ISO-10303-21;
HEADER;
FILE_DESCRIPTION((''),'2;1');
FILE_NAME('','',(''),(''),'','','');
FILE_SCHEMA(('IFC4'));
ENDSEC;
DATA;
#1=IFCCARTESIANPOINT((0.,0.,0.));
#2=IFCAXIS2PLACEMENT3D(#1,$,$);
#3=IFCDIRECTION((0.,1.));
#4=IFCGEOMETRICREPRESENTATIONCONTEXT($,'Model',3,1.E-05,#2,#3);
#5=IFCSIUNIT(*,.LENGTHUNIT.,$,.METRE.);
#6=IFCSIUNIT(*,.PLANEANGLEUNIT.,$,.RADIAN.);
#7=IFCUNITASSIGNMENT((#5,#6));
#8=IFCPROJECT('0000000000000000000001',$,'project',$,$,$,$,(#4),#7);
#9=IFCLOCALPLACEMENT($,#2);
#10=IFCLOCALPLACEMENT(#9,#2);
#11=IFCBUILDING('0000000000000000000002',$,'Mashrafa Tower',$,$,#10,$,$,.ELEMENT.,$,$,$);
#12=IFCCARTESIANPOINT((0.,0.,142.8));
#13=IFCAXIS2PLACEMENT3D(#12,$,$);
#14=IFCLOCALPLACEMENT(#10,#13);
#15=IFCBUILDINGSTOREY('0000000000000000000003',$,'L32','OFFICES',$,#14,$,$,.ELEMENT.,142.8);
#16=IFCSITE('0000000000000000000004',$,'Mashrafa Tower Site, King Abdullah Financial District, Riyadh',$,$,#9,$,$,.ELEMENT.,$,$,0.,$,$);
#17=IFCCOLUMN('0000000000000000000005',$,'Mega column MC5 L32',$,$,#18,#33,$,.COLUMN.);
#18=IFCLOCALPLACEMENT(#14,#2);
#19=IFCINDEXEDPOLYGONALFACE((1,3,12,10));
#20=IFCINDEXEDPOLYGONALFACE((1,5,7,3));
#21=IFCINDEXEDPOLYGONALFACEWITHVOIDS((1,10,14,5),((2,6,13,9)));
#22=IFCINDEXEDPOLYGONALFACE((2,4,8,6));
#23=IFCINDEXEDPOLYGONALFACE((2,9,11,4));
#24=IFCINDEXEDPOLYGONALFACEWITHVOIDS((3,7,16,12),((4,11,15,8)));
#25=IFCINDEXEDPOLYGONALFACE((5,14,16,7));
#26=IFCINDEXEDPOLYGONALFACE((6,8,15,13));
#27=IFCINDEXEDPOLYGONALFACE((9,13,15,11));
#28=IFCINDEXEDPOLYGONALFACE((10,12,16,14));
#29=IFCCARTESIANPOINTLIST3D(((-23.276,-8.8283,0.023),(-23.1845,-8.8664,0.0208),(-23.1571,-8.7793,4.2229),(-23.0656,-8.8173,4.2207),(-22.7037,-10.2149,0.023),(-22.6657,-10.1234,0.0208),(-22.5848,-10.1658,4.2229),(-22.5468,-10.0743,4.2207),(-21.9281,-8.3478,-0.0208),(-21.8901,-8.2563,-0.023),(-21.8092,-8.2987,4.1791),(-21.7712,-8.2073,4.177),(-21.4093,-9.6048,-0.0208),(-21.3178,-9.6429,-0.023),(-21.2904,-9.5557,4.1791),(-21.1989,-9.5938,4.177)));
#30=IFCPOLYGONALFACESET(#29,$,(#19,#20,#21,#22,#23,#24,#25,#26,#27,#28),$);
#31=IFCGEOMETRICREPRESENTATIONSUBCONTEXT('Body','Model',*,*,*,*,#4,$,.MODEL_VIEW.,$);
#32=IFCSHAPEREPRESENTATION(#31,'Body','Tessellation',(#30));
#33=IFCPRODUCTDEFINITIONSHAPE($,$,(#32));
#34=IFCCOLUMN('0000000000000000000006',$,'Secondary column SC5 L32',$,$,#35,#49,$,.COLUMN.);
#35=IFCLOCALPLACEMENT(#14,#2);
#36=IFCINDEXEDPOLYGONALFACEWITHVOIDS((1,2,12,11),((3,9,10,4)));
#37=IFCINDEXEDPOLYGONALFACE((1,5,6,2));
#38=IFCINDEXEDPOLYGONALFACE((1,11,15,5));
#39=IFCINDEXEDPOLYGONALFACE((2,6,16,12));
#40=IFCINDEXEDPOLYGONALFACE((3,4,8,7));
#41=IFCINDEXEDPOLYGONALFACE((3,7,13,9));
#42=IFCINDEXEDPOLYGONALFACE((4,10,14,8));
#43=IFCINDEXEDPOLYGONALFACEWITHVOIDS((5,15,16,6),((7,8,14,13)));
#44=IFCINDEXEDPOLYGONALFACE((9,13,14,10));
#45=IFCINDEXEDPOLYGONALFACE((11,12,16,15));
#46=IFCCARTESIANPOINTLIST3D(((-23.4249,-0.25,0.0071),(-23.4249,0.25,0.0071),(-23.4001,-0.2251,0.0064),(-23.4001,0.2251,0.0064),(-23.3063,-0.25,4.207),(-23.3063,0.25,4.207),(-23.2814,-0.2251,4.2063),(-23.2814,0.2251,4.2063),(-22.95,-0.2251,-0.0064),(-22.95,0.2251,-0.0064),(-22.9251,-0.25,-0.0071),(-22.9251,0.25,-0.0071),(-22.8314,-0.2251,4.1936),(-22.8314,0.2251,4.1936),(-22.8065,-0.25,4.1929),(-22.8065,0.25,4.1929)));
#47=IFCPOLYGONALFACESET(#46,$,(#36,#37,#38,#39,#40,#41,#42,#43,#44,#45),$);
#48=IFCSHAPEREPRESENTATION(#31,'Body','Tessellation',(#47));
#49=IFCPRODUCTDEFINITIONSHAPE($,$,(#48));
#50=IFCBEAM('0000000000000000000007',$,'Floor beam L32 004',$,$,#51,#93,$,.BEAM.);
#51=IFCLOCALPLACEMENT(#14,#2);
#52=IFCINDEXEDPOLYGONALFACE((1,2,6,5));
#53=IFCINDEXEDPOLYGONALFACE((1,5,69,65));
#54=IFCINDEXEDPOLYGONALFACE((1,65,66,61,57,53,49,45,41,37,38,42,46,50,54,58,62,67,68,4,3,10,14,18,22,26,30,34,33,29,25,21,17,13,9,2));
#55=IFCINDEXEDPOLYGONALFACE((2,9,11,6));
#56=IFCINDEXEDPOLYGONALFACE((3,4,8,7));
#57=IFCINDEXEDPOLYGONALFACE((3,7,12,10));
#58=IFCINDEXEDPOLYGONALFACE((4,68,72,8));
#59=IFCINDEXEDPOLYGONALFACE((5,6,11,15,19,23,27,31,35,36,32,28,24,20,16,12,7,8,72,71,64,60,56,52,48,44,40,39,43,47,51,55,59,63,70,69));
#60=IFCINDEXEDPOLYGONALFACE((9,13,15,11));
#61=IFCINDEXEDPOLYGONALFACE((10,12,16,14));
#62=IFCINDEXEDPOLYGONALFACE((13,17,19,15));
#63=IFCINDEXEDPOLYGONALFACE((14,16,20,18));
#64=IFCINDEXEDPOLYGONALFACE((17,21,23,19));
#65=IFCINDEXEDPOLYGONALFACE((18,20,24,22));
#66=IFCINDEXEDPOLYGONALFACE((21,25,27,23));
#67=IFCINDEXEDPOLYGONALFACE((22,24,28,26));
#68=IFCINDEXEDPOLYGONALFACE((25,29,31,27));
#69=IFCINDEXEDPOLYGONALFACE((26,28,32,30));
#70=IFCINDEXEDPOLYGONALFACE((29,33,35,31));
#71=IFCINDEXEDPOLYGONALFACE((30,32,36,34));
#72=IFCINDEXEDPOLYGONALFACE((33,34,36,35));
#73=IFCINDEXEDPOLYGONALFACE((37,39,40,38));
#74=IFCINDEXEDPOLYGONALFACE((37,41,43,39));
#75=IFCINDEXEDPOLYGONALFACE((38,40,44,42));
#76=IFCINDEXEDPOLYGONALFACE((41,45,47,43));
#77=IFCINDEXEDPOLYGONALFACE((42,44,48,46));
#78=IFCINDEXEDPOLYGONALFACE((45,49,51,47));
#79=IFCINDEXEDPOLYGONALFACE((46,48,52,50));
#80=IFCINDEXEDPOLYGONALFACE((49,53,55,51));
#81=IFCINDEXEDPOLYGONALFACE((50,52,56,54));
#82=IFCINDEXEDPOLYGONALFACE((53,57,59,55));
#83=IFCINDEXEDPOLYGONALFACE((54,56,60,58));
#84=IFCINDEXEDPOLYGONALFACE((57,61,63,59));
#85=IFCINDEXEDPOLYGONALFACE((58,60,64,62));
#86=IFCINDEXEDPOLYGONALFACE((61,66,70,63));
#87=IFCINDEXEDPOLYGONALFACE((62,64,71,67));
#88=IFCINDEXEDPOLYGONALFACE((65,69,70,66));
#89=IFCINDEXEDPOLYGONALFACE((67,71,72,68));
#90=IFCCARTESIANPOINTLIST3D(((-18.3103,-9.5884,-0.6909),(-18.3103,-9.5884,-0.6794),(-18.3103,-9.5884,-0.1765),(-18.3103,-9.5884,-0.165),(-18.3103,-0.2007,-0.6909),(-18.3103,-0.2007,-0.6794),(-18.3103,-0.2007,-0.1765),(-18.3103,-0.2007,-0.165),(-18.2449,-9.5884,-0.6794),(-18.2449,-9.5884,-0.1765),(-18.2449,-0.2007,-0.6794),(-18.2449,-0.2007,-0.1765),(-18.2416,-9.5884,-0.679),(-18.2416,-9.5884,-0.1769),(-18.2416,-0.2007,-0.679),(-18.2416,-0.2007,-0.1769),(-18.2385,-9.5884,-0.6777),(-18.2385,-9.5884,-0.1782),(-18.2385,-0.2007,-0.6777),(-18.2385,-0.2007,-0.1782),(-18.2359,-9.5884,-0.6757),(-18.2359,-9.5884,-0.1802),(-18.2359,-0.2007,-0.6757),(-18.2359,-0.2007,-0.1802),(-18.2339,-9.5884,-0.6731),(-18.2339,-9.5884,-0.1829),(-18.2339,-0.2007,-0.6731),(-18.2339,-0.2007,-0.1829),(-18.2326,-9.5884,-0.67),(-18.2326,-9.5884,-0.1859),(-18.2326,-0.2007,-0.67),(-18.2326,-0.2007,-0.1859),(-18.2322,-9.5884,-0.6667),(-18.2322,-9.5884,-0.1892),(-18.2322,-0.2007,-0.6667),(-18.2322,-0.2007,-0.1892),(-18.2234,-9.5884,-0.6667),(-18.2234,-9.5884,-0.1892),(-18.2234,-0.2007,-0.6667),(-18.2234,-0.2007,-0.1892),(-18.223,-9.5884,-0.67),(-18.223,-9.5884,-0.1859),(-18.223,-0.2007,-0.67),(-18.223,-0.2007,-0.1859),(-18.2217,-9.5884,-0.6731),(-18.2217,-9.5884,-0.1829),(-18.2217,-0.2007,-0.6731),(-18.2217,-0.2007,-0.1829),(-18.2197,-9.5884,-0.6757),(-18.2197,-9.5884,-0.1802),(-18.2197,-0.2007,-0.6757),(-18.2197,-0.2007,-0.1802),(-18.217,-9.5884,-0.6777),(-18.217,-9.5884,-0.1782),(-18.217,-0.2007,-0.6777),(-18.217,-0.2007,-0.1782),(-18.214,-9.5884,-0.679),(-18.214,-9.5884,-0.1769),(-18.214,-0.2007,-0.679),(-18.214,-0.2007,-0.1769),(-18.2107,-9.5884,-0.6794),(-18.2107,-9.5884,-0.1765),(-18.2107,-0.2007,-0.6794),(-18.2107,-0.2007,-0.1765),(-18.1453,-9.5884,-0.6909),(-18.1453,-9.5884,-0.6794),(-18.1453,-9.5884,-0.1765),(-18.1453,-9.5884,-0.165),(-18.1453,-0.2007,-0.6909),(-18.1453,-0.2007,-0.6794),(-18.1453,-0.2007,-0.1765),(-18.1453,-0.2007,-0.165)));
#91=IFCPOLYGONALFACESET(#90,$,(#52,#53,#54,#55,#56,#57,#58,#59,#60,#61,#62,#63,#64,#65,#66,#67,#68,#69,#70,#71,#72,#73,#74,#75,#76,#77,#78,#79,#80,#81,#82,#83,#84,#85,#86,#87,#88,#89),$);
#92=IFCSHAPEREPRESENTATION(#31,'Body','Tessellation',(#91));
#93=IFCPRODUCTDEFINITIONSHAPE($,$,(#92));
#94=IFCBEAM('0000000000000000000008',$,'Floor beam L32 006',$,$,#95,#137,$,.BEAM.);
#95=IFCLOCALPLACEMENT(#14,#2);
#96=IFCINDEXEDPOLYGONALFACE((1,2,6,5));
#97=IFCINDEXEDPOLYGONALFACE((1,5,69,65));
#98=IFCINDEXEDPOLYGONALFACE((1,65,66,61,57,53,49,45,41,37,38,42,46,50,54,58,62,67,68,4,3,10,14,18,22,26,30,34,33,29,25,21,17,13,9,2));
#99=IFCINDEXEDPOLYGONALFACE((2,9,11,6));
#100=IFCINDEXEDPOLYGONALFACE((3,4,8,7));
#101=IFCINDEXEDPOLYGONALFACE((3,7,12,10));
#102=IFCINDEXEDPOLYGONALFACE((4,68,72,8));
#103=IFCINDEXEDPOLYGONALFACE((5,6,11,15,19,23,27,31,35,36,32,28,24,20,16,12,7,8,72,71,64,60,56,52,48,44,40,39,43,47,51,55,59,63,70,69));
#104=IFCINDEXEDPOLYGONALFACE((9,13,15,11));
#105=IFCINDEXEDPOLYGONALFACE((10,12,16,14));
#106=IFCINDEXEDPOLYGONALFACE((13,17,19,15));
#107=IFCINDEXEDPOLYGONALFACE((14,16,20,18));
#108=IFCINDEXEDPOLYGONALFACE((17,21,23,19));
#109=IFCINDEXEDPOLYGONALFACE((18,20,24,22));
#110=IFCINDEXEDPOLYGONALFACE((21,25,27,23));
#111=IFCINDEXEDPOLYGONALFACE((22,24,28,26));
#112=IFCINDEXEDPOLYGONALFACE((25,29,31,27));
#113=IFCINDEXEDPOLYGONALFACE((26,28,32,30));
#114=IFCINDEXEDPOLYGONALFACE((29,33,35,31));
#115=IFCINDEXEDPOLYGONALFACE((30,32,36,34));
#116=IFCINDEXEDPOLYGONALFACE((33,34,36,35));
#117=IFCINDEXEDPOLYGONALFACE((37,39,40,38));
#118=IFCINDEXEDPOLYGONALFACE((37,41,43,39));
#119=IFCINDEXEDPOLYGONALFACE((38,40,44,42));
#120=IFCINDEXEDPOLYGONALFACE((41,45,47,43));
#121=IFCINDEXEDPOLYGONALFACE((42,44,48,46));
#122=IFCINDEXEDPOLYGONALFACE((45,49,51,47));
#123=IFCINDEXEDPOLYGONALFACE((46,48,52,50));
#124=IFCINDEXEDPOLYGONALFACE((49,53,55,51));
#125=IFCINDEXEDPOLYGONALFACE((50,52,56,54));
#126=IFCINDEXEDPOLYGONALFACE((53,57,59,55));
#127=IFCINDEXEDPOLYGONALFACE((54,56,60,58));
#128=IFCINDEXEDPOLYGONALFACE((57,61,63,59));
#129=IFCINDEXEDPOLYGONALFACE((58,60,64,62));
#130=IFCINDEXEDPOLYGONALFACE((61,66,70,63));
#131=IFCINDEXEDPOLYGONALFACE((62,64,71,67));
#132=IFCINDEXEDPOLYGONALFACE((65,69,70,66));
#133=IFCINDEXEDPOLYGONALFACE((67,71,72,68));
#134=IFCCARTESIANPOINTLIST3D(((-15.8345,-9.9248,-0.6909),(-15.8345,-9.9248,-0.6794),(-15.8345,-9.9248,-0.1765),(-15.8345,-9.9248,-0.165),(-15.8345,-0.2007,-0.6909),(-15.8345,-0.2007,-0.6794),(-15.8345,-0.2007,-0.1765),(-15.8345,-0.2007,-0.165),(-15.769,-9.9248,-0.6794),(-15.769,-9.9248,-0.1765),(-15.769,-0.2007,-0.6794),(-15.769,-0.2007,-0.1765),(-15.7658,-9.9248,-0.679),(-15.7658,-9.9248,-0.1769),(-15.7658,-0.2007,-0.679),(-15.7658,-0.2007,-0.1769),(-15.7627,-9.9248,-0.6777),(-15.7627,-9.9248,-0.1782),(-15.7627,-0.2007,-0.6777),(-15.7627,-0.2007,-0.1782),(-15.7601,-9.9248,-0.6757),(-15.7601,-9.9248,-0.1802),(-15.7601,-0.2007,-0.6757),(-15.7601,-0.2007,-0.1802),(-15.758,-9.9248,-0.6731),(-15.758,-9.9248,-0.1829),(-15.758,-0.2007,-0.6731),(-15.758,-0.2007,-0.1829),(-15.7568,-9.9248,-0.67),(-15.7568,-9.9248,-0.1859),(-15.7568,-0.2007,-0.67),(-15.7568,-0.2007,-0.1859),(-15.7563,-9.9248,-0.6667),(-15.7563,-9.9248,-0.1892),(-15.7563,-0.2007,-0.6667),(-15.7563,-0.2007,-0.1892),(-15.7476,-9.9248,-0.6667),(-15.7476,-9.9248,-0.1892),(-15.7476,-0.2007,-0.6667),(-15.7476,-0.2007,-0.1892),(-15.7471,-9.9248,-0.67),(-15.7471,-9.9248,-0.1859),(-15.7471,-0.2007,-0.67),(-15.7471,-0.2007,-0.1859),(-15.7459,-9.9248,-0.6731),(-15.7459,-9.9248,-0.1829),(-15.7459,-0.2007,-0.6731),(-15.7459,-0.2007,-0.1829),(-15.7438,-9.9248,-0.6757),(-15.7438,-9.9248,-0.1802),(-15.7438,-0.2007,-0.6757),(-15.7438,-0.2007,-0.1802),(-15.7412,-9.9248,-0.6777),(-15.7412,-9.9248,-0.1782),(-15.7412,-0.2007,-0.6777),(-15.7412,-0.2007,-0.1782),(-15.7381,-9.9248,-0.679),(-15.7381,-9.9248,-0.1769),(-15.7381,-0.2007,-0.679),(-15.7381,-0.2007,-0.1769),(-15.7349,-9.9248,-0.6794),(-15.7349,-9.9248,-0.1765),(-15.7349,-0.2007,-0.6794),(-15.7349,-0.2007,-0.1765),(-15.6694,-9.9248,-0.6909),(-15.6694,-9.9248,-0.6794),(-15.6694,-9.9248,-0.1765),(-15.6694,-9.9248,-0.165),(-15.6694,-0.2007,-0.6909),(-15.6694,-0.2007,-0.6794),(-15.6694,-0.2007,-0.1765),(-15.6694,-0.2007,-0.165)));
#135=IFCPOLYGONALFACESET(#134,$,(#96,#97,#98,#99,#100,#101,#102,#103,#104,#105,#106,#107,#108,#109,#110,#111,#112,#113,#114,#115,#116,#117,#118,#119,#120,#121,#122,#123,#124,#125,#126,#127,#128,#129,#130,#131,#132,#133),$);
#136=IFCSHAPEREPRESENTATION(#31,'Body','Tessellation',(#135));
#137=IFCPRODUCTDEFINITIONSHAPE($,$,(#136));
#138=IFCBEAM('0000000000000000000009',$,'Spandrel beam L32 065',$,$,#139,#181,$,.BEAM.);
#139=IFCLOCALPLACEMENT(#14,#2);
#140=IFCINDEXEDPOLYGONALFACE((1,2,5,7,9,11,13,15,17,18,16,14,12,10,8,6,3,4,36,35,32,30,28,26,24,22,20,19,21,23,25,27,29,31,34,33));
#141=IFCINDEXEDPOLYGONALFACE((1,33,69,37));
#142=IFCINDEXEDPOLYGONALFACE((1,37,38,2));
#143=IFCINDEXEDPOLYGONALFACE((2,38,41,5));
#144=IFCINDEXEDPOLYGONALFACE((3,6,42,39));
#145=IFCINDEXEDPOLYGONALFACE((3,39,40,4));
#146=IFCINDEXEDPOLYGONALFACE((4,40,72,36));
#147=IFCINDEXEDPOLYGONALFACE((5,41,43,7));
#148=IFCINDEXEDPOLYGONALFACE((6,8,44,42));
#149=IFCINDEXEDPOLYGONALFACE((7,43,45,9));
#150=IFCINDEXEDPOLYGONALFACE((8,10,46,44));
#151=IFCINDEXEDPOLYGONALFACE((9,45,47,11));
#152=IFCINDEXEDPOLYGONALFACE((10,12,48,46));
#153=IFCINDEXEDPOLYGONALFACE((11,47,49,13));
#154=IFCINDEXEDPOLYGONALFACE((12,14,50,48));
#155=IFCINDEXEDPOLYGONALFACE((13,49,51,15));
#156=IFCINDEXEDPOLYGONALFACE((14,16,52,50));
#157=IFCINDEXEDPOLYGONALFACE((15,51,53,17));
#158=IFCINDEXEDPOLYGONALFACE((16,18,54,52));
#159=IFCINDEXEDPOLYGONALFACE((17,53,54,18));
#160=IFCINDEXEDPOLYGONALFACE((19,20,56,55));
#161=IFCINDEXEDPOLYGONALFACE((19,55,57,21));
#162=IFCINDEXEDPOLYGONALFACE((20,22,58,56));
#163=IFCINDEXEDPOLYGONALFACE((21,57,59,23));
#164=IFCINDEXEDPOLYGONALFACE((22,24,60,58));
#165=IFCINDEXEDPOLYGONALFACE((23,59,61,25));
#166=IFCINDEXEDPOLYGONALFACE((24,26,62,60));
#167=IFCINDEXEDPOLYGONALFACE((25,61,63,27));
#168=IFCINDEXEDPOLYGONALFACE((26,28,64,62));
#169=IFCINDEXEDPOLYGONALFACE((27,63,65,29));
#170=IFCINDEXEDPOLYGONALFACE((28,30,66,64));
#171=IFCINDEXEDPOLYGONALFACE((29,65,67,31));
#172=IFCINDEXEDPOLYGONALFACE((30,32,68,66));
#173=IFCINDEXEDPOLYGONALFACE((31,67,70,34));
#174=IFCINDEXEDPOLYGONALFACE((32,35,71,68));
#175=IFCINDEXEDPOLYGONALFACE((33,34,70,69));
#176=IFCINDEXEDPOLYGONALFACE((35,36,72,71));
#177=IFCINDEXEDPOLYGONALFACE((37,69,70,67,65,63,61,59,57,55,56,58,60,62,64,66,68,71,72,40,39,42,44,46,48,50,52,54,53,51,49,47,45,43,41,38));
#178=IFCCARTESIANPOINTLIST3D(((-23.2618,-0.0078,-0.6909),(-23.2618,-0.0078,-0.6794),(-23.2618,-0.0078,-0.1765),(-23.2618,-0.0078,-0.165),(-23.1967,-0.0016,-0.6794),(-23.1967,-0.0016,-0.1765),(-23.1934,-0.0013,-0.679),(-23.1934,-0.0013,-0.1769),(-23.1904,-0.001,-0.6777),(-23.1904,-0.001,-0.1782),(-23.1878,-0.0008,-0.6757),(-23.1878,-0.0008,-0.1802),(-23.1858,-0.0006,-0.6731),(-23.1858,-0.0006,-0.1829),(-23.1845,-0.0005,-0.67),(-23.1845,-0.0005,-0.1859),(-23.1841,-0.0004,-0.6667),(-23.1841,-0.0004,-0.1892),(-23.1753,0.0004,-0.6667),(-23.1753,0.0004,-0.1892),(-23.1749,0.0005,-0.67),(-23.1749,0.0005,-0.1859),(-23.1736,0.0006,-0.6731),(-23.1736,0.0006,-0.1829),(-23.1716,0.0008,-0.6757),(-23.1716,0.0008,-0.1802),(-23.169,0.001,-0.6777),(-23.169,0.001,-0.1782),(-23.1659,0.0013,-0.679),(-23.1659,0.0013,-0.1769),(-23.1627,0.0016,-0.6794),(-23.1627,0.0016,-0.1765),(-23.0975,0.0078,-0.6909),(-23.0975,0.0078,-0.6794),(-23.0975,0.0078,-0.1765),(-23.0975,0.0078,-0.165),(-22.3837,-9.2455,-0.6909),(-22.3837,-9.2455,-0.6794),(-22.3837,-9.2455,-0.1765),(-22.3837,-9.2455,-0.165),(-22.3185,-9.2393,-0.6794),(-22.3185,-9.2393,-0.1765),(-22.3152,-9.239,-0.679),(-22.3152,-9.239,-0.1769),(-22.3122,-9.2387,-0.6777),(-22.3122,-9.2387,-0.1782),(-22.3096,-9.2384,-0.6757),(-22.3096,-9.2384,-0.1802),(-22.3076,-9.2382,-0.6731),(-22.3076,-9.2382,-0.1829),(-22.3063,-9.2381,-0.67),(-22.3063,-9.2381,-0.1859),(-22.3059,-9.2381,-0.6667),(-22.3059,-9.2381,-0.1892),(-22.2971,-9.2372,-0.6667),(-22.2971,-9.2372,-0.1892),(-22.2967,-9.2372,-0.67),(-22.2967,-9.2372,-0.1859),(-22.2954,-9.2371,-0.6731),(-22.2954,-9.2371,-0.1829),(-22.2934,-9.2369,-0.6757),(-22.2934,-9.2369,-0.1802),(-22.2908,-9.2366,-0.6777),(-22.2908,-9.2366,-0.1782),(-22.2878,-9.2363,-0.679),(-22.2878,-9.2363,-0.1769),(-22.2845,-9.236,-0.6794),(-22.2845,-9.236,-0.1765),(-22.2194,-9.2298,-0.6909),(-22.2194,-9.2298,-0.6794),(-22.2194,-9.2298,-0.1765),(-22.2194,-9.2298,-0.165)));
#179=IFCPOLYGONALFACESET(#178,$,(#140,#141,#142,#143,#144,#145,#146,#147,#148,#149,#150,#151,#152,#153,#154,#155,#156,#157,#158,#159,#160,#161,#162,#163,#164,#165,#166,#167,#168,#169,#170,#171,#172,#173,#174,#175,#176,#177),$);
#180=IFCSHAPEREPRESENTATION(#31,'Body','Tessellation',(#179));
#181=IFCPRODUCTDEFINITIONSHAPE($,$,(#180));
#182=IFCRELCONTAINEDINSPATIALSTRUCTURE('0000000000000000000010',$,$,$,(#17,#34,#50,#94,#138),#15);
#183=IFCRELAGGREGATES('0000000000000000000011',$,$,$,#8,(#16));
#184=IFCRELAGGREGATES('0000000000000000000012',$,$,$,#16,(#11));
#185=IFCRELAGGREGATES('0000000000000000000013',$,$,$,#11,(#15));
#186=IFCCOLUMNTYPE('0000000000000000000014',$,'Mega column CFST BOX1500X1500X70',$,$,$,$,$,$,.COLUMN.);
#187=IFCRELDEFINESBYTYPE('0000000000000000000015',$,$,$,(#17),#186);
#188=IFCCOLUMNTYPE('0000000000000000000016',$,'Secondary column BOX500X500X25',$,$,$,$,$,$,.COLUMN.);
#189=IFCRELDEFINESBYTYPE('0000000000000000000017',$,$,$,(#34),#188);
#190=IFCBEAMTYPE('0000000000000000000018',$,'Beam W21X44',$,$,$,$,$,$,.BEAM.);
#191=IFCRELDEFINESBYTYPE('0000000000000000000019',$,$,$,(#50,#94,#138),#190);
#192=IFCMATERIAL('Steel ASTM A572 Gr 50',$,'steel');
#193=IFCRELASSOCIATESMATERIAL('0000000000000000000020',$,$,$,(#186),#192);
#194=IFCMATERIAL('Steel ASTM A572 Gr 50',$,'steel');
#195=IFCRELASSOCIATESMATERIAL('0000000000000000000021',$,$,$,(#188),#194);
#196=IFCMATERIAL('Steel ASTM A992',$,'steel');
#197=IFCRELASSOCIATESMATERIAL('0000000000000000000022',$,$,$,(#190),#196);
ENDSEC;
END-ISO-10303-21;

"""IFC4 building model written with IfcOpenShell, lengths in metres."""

from ifc_helpers import new_model, si_unit, direction, frame, origin, origin_2d, place, context, subcontext, project, spatial, hollow_rectangle, i_section, extrude, material, material_profile, profile_set, type_object, element, save


model = new_model("IFC4")

# Units and contexts
model_context = context("Model", 3, precision=1e-05, world=origin(), true_north=direction((0.0, 1.0)))
body_context = subcontext(model_context, "Body", "Model", "MODEL_VIEW")
ifc_project = project(units=[si_unit("LENGTHUNIT", "METRE"), si_unit("PLANEANGLEUNIT", "RADIAN")], contexts=[model_context])

# Site, building, storey
site_placement = place(None, origin())
site = spatial("IfcSite", under=ifc_project, at=site_placement, Name="Mashrafa Tower Site, King Abdullah Financial District, Riyadh", CompositionType="ELEMENT", RefElevation=0.0)
building_placement = place(site_placement, origin())
building = spatial("IfcBuilding", under=site, at=building_placement, Name="Mashrafa Tower", CompositionType="ELEMENT")
storey_placement = place(building_placement, frame((0.0, 0.0, 142.8)))
storey = spatial("IfcBuildingStorey", under=building, at=storey_placement, Name="L32", Description="OFFICES", CompositionType="ELEMENT", Elevation=142.8)

# Columns
ifc_material_1 = material(Name="Steel ASTM A572 Gr 50", Category="steel")
ifc_material_profile_1 = material_profile(ifc_material_1, hollow_rectangle(XDim=1.5, YDim=1.5, WallThickness=0.0701, at=origin_2d()), Name="BOX1500X1500X70")
ifc_profile_set_1 = profile_set([ifc_material_profile_1], Name="Steel ASTM A572 Gr 50")
column_type_1 = type_object("IfcColumnType", Name="Mega column CFST BOX1500X1500X70", PredefinedType="COLUMN", material=ifc_profile_set_1)
column_1_placement = place(storey_placement, frame((-22.2969, -9.2356, 0.0), z_axis=(0.028296, 0.011679, 0.999531), x_axis=(-0.381513, 0.924363, 0.0)))
element("IfcColumn", 1, at=column_1_placement, inside=storey, type_object=column_type_1, Name="Mega column MC5 L32", PredefinedType="COLUMN", context=body_context, shape_type="SweptSolid", body=[
    extrude(hollow_rectangle(XDim=1.5, YDim=1.5, WallThickness=0.0701, at=origin_2d()), origin(), (0.0, 0.0, 1.0), 4.2019),
])
ifc_material_2 = material(Name="Steel ASTM A572 Gr 50", Category="steel")
ifc_material_profile_2 = material_profile(ifc_material_2, hollow_rectangle(XDim=0.5, YDim=0.5, WallThickness=0.0249, at=origin_2d()), Name="BOX500X500X25")
ifc_profile_set_2 = profile_set([ifc_material_profile_2], Name="Steel ASTM A572 Gr 50")
column_type_2 = type_object("IfcColumnType", Name="Secondary column BOX500X500X25", PredefinedType="COLUMN", material=ifc_profile_set_2)
column_2_placement = place(storey_placement, frame((-23.175, 0.0, 0.0), z_axis=(0.02824, 0.0, 0.999601), x_axis=(0.0, 1.0, 0.0)))
element("IfcColumn", 2, at=column_2_placement, inside=storey, type_object=column_type_2, Name="Secondary column SC5 L32", PredefinedType="COLUMN", context=body_context, shape_type="SweptSolid", body=[
    extrude(hollow_rectangle(XDim=0.5, YDim=0.5, WallThickness=0.0249, at=origin_2d()), origin(), (0.0, 0.0, 1.0), 4.2017),
])

# Beams
ifc_material_3 = material(Name="Steel ASTM A992", Category="steel")
ifc_material_profile_3 = material_profile(ifc_material_3, i_section(OverallWidth=0.165, OverallDepth=0.5259, WebThickness=0.0088, FlangeThickness=0.0115, FilletRadius=0.0127, at=origin_2d()), Name="W21X44")
ifc_profile_set_3 = profile_set([ifc_material_profile_3], Name="Steel ASTM A992")
beam_type_1 = type_object("IfcBeamType", Name="Beam W21X44", PredefinedType="BEAM", material=ifc_profile_set_3)
beam_1_placement = place(storey_placement, frame((-18.2278, -9.5884, -0.428), z_axis=(0.0, 1.0, 0.0), x_axis=(-1.0, 0.0, 0.0)))
element("IfcBeam", 3, at=beam_1_placement, inside=storey, type_object=beam_type_1, Name="Floor beam L32 004", PredefinedType="BEAM", context=body_context, shape_type="SweptSolid", body=[
    extrude(i_section(OverallWidth=0.165, OverallDepth=0.5259, WebThickness=0.0088, FlangeThickness=0.0115, FilletRadius=0.0127, at=origin_2d()), origin(), (0.0, 0.0, 1.0), 9.3877),
])
beam_2_placement = place(storey_placement, frame((-15.752, -9.9248, -0.428), z_axis=(0.0, 1.0, 0.0), x_axis=(-1.0, 0.0, 0.0)))
element("IfcBeam", 4, at=beam_2_placement, inside=storey, type_object=beam_type_1, Name="Floor beam L32 006", PredefinedType="BEAM", context=body_context, shape_type="SweptSolid", body=[
    extrude(i_section(OverallWidth=0.165, OverallDepth=0.5259, WebThickness=0.0088, FlangeThickness=0.0115, FilletRadius=0.0127, at=origin_2d()), origin(), (0.0, 0.0, 1.0), 9.7241),
])
for number, where, z_axis, x_axis, name in (
    (5, (-23.1797, 0.0, -0.428), (0.094639, -0.995512, 0.0), (0.995512, 0.094639, 0.0), "Spandrel beam L32 065"),
):
    element("IfcBeam", number, at=place(storey_placement, frame(where, z_axis=z_axis, x_axis=x_axis)), inside=storey, type_object=beam_type_1, Name=name, PredefinedType="BEAM", context=body_context, shape_type="SweptSolid", body=[
        extrude(i_section(OverallWidth=0.165, OverallDepth=0.5259, WebThickness=0.0088, FlangeThickness=0.0115, FilletRadius=0.0127, at=origin_2d()), origin(), (0.0, 0.0, 1.0), 9.2793),
    ])

save(model, "model.ifc")
